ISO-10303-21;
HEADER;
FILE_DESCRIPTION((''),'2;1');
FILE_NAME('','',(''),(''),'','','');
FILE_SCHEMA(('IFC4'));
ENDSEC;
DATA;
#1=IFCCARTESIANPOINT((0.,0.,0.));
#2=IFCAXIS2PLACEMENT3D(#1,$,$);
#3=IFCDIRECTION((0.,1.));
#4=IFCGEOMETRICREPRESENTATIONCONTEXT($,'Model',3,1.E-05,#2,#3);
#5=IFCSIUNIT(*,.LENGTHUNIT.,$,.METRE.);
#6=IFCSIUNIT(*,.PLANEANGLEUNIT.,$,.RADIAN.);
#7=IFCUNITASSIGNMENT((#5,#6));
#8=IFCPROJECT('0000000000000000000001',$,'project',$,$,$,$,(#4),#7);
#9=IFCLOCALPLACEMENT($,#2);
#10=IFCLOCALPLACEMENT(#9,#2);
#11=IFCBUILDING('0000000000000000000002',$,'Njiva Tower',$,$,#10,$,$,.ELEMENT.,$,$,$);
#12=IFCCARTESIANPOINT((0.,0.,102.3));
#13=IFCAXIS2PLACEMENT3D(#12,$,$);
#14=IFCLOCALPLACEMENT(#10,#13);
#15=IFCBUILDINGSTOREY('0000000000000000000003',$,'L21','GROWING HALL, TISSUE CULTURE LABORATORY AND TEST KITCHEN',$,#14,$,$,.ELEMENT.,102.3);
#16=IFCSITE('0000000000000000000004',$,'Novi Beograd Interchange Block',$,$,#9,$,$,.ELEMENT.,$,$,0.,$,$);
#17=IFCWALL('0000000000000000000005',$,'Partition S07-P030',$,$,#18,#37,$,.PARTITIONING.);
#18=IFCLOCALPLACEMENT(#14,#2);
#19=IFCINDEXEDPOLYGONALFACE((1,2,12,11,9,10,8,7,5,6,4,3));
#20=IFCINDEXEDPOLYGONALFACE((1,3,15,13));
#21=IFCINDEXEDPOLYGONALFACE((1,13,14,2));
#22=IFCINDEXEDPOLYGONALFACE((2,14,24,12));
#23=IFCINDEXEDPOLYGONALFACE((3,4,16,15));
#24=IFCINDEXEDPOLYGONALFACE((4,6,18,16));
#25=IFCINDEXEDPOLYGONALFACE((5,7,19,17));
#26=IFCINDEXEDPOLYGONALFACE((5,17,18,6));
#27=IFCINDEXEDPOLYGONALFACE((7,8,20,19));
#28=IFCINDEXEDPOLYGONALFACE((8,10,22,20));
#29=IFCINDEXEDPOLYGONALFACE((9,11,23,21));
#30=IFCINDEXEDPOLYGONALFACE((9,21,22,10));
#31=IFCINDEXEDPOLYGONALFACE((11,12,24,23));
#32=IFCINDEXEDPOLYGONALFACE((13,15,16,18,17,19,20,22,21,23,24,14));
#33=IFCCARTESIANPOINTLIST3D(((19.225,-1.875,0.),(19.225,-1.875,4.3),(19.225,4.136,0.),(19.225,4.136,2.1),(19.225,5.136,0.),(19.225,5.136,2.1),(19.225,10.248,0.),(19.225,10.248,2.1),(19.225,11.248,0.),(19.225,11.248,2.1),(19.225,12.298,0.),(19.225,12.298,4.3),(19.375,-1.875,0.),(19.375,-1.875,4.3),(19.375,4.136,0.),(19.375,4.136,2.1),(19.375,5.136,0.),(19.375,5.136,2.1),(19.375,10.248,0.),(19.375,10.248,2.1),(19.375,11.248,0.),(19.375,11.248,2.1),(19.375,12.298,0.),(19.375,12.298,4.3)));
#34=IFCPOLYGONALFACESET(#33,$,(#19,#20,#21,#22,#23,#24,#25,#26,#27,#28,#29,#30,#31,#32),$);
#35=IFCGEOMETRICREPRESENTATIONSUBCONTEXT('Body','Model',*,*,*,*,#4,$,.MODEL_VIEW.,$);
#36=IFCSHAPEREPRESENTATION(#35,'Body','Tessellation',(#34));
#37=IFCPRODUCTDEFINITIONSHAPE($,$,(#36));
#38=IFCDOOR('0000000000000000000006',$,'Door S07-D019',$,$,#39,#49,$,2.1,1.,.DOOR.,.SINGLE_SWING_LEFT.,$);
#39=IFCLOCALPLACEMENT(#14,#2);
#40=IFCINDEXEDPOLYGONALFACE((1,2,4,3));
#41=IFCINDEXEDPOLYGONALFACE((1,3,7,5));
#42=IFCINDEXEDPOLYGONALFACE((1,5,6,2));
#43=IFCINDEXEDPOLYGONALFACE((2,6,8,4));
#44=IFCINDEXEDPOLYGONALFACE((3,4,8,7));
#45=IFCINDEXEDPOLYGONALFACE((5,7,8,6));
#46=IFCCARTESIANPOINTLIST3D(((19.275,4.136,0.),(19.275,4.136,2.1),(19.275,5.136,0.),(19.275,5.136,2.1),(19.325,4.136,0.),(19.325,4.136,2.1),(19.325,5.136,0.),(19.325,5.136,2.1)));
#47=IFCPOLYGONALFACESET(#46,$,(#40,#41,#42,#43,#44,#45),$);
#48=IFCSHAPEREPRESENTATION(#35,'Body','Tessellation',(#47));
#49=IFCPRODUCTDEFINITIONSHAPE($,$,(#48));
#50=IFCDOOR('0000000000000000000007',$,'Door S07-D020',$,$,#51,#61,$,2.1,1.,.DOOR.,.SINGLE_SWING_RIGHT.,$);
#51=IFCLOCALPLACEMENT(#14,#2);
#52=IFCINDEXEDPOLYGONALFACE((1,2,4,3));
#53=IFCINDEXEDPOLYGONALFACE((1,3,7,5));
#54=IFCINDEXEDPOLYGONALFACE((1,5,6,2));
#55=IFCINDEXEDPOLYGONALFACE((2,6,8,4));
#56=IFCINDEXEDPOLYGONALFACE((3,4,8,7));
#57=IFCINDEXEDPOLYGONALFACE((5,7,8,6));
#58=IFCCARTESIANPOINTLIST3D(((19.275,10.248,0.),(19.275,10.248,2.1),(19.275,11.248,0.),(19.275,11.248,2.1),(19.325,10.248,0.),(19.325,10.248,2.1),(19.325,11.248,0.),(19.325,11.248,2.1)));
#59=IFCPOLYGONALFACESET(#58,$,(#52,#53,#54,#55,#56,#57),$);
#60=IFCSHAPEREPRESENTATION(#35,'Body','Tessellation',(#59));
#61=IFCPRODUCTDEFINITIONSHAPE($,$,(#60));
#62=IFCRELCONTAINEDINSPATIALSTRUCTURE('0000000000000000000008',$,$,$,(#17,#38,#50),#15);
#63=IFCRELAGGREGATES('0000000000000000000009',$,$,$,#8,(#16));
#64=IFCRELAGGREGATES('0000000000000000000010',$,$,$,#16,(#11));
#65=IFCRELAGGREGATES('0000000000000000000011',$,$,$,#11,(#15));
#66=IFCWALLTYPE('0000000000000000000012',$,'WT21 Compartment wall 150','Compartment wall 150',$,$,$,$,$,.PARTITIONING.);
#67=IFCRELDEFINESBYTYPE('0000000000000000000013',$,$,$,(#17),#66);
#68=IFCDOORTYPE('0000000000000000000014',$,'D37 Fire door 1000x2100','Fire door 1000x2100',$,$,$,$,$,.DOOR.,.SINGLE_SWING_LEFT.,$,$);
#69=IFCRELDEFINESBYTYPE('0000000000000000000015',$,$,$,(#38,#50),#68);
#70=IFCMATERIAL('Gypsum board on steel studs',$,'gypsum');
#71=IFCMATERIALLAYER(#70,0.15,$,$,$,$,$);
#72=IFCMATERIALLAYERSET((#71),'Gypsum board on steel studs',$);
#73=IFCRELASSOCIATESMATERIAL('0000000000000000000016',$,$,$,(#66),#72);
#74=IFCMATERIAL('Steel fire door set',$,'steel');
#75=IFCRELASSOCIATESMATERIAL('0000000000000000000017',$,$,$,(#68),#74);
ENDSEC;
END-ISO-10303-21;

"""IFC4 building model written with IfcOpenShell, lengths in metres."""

from ifc_helpers import new_model, si_unit, direction, frame, frame_2d, origin, place, context, subcontext, project, spatial, rectangle, extrude, material, layer, layer_set, type_object, element, fill, save


model = new_model("IFC4")

# Units and contexts
model_context = context("Model", 3, precision=1e-05, world=origin(), true_north=direction((0.0, 1.0)))
body_context = subcontext(model_context, "Body", "Model", "MODEL_VIEW")
ifc_project = project(units=[si_unit("LENGTHUNIT", "METRE"), si_unit("PLANEANGLEUNIT", "RADIAN")], contexts=[model_context])

# Site, building, storey
site_placement = place(None, origin())
site = spatial("IfcSite", under=ifc_project, at=site_placement, Name="Novi Beograd Interchange Block", CompositionType="ELEMENT", RefElevation=0.0)
building_placement = place(site_placement, origin())
building = spatial("IfcBuilding", under=site, at=building_placement, Name="Njiva Tower", CompositionType="ELEMENT")
storey_placement = place(building_placement, frame((0.0, 0.0, 102.3)))
storey = spatial("IfcBuildingStorey", under=building, at=storey_placement, Name="L21", Description="GROWING HALL, TISSUE CULTURE LABORATORY AND TEST KITCHEN", CompositionType="ELEMENT", Elevation=102.3)

# Shared definitions
ifc_material_1 = material(Name="Gypsum board on steel studs", Category="gypsum")
ifc_layer_1 = layer(ifc_material_1, 0.15)
ifc_layer_set_1 = layer_set([ifc_layer_1], Name="Gypsum board on steel studs")
wall_type_1 = type_object("IfcWallType", Name="WT21 Compartment wall 150", Description="Compartment wall 150", PredefinedType="PARTITIONING", material=ifc_layer_set_1)

# Shared definitions
ifc_material_2 = material(Name="Steel fire door set", Category="steel")
door_type = type_object("IfcDoorType", Name="D37 Fire door 1000x2100", Description="Fire door 1000x2100", OperationType="SINGLE_SWING_LEFT", PredefinedType="DOOR", material=ifc_material_2)

# Wall, openings, doors
wall_1_placement = place(storey_placement, frame((19.3, -1.875, 0.0), z_axis=(0.0, 0.0, 1.0), x_axis=(0.0, 1.0, 0.0)))
wall_1 = element("IfcWall", 1, at=wall_1_placement, inside=storey, type_object=wall_type_1, Name="Partition S07-P030", PredefinedType="PARTITIONING", context=body_context, shape_type="SweptSolid", body=[
    extrude(rectangle(XDim=14.173, YDim=0.15, at=frame_2d((7.0865, 0.0))), origin(), (0.0, 0.0, 1.0), 4.3),
])
opening_1_placement = place(wall_1_placement, frame((6.011, 0.0, 0.0)))
opening_1 = element("IfcOpeningElement", 2, at=opening_1_placement, cuts=wall_1, PredefinedType="OPENING", context=body_context, shape_type="SweptSolid", body=[
    extrude(rectangle(XDim=1.0, YDim=2.1, at=frame_2d((0.5, 1.05))), frame((0.0, 0.085, 0.0), z_axis=(0.0, -1.0, 0.0), x_axis=(1.0, 0.0, 0.0)), (0.0, 0.0, 1.0), 0.17),
])
opening_2_placement = place(wall_1_placement, frame((12.123, 0.0, 0.0)))
opening_2 = element("IfcOpeningElement", 3, at=opening_2_placement, cuts=wall_1, PredefinedType="OPENING", context=body_context, shape_type="SweptSolid", body=[
    extrude(rectangle(XDim=1.0, YDim=2.1, at=frame_2d((0.5, 1.05))), frame((0.0, 0.085, 0.0), z_axis=(0.0, -1.0, 0.0), x_axis=(1.0, 0.0, 0.0)), (0.0, 0.0, 1.0), 0.17),
])
door_1_placement = place(opening_1_placement, origin())
door_1 = element("IfcDoor", 4, at=door_1_placement, inside=storey, type_object=door_type, Name="Door S07-D019", OperationType="SINGLE_SWING_LEFT", OverallHeight=2.1, OverallWidth=1.0, PredefinedType="DOOR", context=body_context, shape_type="SweptSolid", body=[
    extrude(rectangle(XDim=1.0, YDim=2.1, at=frame_2d((0.5, 1.05))), frame((0.0, 0.025, 0.0), z_axis=(0.0, -1.0, 0.0), x_axis=(1.0, 0.0, 0.0)), (0.0, 0.0, 1.0), 0.05),
])
fill(opening_1, door_1)
door_2_placement = place(opening_2_placement, origin())
door_2 = element("IfcDoor", 5, at=door_2_placement, inside=storey, type_object=door_type, Name="Door S07-D020", OperationType="SINGLE_SWING_RIGHT", OverallHeight=2.1, OverallWidth=1.0, PredefinedType="DOOR", context=body_context, shape_type="SweptSolid", body=[
    extrude(rectangle(XDim=1.0, YDim=2.1, at=frame_2d((0.5, 1.05))), frame((0.0, 0.025, 0.0), z_axis=(0.0, -1.0, 0.0), x_axis=(1.0, 0.0, 0.0)), (0.0, 0.0, 1.0), 0.05),
])
fill(opening_2, door_2)

save(model, "model.ifc")
